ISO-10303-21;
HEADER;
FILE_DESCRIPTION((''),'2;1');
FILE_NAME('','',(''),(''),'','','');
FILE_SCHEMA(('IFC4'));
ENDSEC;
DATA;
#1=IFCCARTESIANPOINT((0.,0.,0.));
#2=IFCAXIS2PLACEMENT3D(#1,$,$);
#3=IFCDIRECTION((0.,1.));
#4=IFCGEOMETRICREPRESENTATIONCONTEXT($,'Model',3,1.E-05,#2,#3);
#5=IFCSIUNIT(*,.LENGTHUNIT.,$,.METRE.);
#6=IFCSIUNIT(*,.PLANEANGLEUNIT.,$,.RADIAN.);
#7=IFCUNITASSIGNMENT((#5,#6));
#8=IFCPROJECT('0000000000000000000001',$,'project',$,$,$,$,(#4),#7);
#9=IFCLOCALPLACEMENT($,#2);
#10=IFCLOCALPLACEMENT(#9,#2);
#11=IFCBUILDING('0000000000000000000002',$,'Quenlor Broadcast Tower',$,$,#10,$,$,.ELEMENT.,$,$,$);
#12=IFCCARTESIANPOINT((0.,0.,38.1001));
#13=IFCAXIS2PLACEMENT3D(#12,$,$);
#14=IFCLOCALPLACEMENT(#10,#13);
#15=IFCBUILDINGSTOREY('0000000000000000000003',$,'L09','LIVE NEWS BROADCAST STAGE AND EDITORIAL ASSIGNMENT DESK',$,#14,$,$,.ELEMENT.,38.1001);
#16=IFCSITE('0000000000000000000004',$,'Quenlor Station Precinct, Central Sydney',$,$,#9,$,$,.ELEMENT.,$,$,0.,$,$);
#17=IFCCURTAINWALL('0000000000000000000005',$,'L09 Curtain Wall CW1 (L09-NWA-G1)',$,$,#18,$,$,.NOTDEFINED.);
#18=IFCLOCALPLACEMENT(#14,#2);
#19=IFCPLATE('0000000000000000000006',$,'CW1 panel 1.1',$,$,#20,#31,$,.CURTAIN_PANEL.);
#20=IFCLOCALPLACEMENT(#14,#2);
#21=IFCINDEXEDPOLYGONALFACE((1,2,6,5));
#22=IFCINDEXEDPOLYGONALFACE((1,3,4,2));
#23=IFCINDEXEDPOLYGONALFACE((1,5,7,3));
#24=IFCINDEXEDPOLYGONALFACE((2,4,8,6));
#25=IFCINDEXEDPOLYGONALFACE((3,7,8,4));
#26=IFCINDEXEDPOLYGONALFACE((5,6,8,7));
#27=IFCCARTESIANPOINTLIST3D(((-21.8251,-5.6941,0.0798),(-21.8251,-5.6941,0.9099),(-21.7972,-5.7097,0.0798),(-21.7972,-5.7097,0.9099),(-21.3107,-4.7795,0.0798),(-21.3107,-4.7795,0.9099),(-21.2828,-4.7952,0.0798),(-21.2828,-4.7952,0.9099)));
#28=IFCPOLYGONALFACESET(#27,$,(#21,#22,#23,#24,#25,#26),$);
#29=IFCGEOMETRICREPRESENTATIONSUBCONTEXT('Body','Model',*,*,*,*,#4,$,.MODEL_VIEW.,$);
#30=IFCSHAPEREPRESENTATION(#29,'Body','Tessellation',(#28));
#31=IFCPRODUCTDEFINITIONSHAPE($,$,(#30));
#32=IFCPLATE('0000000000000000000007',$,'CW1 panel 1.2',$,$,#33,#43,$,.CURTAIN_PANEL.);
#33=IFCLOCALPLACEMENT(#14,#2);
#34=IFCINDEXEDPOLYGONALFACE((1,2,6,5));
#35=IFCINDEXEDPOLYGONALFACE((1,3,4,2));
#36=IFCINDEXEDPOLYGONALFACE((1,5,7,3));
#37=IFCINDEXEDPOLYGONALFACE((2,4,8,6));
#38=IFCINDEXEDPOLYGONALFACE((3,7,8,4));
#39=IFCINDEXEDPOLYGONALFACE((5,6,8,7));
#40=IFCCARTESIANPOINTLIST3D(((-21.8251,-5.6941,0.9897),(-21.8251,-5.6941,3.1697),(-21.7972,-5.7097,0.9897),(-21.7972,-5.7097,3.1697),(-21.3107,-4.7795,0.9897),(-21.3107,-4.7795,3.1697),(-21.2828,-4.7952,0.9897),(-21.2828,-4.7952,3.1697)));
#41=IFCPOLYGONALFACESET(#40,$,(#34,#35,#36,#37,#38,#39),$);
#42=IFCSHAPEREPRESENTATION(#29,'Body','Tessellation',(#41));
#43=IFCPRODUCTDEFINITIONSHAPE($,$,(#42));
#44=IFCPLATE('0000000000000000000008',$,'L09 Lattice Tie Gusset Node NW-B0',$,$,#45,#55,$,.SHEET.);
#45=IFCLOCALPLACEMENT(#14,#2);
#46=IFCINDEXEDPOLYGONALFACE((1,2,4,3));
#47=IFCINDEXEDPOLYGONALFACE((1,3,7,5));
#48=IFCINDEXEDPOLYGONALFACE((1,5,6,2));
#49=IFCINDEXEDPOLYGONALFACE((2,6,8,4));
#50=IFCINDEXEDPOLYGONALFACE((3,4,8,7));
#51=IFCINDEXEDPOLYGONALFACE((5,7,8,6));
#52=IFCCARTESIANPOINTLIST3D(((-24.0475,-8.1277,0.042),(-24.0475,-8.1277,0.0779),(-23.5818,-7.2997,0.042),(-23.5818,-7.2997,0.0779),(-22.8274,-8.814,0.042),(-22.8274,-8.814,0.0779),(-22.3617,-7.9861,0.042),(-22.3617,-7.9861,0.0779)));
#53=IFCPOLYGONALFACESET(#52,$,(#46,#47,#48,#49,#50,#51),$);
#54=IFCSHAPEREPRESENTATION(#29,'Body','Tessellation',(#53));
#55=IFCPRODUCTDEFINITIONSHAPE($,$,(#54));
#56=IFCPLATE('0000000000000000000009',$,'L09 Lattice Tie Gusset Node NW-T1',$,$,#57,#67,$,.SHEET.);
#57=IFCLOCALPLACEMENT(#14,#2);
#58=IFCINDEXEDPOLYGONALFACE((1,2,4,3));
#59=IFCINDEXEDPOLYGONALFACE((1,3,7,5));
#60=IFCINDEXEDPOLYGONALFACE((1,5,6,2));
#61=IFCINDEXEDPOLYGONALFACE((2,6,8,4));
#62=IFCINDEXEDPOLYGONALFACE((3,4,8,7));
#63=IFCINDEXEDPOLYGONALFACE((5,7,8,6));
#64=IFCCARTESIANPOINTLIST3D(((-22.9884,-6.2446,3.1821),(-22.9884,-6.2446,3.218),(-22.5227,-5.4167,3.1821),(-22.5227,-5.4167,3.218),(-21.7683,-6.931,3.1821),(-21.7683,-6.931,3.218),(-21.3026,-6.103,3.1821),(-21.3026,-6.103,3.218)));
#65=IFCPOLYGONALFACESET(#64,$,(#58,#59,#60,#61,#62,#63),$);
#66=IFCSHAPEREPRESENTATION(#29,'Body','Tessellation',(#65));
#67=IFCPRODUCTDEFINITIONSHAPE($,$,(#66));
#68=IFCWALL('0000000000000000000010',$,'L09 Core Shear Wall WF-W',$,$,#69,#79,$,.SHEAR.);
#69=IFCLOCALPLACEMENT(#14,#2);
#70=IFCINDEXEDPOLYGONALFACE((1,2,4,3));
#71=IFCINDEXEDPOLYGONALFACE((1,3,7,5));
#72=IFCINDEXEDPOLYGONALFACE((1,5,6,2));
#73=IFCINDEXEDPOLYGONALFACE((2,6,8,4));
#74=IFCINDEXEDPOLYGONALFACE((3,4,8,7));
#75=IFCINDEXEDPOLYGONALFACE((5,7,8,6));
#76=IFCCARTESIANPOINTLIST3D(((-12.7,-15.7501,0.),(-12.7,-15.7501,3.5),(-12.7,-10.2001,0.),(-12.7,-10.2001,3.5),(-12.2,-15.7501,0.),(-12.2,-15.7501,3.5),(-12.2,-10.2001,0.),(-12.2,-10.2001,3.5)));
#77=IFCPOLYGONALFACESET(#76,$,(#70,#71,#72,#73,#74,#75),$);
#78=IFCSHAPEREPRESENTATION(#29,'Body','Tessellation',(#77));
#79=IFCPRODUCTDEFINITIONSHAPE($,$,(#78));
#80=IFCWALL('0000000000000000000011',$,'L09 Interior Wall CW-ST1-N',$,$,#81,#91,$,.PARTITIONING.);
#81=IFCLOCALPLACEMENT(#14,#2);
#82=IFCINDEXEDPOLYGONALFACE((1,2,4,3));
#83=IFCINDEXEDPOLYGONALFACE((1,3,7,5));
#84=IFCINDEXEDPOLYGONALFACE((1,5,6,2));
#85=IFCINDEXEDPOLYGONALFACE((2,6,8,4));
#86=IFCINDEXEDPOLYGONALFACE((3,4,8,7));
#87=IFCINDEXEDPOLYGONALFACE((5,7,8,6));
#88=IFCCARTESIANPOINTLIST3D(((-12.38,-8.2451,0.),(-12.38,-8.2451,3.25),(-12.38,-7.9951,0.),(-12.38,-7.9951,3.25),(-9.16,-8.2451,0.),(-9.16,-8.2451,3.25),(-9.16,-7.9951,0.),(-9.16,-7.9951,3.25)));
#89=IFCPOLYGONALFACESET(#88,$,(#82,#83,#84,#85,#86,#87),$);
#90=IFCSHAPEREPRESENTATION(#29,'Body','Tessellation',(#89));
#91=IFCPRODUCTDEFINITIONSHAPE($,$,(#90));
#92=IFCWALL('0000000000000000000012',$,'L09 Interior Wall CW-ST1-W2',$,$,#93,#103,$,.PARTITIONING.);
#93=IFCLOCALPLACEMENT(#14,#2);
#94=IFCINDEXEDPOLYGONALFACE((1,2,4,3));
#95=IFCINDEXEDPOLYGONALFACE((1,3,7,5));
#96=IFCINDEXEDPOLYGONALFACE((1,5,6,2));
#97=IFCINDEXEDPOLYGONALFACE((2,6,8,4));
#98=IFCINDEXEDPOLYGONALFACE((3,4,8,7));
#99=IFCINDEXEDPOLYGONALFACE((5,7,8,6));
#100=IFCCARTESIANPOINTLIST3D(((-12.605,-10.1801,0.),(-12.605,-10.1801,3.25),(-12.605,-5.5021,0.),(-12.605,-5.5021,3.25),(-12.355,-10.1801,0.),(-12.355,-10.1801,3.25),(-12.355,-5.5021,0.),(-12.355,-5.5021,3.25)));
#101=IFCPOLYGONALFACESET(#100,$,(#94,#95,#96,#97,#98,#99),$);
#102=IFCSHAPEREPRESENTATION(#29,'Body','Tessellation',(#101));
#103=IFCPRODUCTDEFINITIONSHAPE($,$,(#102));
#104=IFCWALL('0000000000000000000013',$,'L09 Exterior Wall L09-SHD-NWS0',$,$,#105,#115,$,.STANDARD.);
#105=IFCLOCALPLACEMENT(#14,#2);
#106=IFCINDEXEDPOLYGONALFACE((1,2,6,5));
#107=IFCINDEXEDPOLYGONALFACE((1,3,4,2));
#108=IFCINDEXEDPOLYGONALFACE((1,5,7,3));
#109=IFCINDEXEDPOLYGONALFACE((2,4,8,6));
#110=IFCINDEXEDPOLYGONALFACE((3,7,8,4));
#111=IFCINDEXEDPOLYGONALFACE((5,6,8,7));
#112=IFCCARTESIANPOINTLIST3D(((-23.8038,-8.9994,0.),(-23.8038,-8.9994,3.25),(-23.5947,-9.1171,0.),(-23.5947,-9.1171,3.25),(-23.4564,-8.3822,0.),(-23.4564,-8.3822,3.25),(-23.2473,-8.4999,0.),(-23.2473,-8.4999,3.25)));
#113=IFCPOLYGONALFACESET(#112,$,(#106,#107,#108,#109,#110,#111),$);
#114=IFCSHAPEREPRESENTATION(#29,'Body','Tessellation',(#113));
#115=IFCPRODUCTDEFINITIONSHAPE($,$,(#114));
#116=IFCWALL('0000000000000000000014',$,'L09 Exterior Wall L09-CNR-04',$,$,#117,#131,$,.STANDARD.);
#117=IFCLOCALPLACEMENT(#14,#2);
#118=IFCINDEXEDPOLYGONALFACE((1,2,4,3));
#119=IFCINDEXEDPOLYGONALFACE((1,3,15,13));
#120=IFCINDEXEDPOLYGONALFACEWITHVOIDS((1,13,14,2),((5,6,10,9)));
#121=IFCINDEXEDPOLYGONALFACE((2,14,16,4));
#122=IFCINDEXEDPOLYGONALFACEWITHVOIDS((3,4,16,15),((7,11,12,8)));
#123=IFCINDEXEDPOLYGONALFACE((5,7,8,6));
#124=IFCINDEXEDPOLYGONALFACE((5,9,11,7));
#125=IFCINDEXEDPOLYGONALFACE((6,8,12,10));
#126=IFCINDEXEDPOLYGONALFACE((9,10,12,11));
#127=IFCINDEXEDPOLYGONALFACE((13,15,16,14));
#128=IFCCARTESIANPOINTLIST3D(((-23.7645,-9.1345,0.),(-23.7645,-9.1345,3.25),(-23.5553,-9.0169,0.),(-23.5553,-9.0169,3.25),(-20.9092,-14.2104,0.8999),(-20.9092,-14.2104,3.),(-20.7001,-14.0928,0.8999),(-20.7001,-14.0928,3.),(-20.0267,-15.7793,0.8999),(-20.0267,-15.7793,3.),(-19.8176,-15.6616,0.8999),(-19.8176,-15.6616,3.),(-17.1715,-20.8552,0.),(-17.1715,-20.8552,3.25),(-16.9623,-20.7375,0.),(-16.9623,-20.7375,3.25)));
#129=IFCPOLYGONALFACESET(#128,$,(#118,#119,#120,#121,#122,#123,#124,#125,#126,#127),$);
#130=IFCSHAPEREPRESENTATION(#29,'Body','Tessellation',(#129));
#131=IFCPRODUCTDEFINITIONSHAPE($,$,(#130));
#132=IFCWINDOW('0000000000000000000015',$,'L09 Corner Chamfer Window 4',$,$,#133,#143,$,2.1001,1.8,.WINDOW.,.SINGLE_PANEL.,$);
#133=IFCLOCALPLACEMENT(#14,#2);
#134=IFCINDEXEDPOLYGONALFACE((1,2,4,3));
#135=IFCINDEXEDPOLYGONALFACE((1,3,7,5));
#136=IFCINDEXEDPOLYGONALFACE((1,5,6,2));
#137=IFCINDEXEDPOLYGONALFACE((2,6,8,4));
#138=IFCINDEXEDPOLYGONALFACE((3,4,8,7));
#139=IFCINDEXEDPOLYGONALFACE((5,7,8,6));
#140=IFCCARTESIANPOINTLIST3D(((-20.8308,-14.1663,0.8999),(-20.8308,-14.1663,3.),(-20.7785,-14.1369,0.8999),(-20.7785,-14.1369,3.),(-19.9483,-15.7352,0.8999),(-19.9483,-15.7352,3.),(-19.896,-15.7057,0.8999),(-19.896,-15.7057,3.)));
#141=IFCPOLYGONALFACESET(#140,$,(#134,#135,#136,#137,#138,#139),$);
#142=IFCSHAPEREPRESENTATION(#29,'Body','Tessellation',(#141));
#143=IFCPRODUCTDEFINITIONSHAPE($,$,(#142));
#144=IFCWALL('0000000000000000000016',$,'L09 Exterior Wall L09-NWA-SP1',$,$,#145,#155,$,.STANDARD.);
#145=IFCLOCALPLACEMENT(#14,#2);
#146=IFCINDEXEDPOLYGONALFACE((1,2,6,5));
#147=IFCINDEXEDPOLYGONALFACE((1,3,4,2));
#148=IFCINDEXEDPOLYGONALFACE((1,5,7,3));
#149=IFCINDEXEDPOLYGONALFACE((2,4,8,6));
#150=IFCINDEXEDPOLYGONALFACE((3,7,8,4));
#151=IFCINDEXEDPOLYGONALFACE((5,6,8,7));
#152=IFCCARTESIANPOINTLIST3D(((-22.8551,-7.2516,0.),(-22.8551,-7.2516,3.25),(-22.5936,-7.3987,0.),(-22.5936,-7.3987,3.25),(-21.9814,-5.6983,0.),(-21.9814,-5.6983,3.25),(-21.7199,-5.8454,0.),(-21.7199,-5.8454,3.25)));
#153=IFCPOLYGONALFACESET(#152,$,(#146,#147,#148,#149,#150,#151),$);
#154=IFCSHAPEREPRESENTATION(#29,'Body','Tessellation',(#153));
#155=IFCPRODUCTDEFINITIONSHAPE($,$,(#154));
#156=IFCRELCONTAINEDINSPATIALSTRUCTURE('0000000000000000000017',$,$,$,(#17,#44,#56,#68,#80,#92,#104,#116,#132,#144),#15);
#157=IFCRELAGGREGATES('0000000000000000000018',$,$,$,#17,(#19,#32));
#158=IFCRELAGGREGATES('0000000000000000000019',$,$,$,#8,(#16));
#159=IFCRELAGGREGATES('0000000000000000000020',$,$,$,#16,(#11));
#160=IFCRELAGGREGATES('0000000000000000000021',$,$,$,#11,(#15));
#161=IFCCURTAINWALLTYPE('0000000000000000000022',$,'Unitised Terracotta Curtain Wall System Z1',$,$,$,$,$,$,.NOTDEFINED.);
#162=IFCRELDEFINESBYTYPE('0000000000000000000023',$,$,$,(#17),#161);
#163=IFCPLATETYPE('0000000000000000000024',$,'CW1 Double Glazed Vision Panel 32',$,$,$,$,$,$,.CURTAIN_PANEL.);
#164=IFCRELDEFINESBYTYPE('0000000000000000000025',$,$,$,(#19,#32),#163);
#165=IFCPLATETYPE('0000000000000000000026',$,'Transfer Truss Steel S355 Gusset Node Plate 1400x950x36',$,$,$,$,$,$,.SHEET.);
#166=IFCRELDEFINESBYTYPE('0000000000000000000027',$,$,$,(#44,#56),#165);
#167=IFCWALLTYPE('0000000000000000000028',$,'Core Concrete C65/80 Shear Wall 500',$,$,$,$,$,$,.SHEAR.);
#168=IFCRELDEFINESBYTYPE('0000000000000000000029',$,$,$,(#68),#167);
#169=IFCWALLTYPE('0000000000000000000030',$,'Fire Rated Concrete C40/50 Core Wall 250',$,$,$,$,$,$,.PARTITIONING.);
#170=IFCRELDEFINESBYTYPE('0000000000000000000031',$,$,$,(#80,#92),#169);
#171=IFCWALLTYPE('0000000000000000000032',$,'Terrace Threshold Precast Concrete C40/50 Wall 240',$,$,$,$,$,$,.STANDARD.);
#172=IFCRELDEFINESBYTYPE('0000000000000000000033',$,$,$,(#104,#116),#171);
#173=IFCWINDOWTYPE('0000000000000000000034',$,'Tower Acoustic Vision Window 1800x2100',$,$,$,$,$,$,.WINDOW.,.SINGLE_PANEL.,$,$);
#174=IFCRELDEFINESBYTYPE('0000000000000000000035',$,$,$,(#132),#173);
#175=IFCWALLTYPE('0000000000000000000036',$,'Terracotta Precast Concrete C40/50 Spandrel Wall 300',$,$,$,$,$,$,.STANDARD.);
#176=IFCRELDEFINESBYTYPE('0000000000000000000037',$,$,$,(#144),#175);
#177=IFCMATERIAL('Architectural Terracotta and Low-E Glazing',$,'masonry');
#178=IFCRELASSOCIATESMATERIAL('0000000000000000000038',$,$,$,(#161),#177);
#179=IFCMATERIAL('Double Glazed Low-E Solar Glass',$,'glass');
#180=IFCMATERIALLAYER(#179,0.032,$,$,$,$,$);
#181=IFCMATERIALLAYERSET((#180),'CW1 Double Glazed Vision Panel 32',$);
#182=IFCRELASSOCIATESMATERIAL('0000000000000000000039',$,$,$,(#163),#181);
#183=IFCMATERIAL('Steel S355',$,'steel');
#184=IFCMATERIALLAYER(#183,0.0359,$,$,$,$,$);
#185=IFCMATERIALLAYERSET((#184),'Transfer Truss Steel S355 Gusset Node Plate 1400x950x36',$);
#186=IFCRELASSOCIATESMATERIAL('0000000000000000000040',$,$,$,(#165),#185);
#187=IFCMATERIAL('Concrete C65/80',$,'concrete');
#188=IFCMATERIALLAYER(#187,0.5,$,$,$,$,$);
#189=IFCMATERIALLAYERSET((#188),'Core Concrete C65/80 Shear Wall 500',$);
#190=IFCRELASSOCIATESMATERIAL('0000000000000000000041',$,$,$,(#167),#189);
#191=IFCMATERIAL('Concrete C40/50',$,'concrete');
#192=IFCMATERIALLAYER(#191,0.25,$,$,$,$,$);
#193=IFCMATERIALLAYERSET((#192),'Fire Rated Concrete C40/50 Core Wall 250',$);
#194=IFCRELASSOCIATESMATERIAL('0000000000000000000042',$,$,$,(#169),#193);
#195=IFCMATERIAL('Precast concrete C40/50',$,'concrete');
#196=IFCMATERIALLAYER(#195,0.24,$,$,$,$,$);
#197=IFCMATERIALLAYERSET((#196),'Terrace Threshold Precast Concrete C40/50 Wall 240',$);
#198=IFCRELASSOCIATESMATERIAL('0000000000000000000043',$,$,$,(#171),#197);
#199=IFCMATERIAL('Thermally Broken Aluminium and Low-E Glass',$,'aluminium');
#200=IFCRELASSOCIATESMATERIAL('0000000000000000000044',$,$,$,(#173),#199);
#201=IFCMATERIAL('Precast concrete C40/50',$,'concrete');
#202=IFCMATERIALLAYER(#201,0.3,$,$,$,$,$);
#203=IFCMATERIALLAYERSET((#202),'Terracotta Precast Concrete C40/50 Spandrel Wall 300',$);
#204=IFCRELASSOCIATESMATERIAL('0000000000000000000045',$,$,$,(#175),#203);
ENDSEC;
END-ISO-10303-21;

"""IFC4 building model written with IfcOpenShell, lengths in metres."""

from ifc_helpers import new_model, si_unit, direction, frame, frame_2d, origin, origin_2d, place, context, subcontext, project, spatial, rectangle, extrude, material, layer, layer_set, type_object, element, fill, aggregate, save


model = new_model("IFC4")

# Units and contexts
model_context = context("Model", 3, precision=1e-05, world=origin(), true_north=direction((0.0, 1.0)))
body_context = subcontext(model_context, "Body", "Model", "MODEL_VIEW")
ifc_project = project(units=[si_unit("LENGTHUNIT", "METRE"), si_unit("PLANEANGLEUNIT", "RADIAN")], contexts=[model_context])

# Site, building, storey
site_placement = place(None, origin())
site = spatial("IfcSite", under=ifc_project, at=site_placement, Name="Quenlor Station Precinct, Central Sydney", CompositionType="ELEMENT", RefElevation=0.0)
building_placement = place(site_placement, origin())
building = spatial("IfcBuilding", under=site, at=building_placement, Name="Quenlor Broadcast Tower", CompositionType="ELEMENT")
storey_placement = place(building_placement, frame((0.0, 0.0, 38.1001)))
storey = spatial("IfcBuildingStorey", under=building, at=storey_placement, Name="L09", Description="LIVE NEWS BROADCAST STAGE AND EDITORIAL ASSIGNMENT DESK", CompositionType="ELEMENT", Elevation=38.1001)

# Curtain wall
ifc_material_1 = material(Name="Architectural Terracotta and Low-E Glazing", Category="masonry")
curtain_wall_type = type_object("IfcCurtainWallType", Name="Unitised Terracotta Curtain Wall System Z1", PredefinedType="NOTDEFINED", material=ifc_material_1)
curtain_wall_placement = place(storey_placement, origin())
curtain_wall = element("IfcCurtainWall", 1, at=curtain_wall_placement, inside=storey, type_object=curtain_wall_type, Name="L09 Curtain Wall CW1 (L09-NWA-G1)", PredefinedType="NOTDEFINED")

# Plates
ifc_material_2 = material(Name="Double Glazed Low-E Solar Glass", Category="glass")
ifc_layer_1 = layer(ifc_material_2, 0.032)
ifc_layer_set_1 = layer_set([ifc_layer_1], Name="CW1 Double Glazed Vision Panel 32")
plate_type_1 = type_object("IfcPlateType", Name="CW1 Double Glazed Vision Panel 32", PredefinedType="CURTAIN_PANEL", material=ifc_layer_set_1)
plate_1_placement = place(storey_placement, frame((-21.554, -5.2446, 0.0798), z_axis=(0.0, 0.0, 1.0), x_axis=(0.490277, 0.871567, 0.0)))
plate_1 = element("IfcPlate", 2, at=plate_1_placement, type_object=plate_type_1, Name="CW1 panel 1.1", PredefinedType="CURTAIN_PANEL", context=body_context, shape_type="SweptSolid", body=[
    extrude(rectangle(XDim=1.0493, YDim=0.032, at=origin_2d()), origin(), (0.0, 0.0, 1.0), 0.8301),
])
plate_2_placement = place(storey_placement, frame((-21.554, -5.2446, 0.9897), z_axis=(0.0, 0.0, 1.0), x_axis=(0.490277, 0.871567, 0.0)))
plate_2 = element("IfcPlate", 3, at=plate_2_placement, type_object=plate_type_1, Name="CW1 panel 1.2", PredefinedType="CURTAIN_PANEL", context=body_context, shape_type="SweptSolid", body=[
    extrude(rectangle(XDim=1.0493, YDim=0.032, at=origin_2d()), origin(), (0.0, 0.0, 1.0), 2.1799),
])
aggregate(curtain_wall, [plate_1, plate_2])

# Plates
ifc_material_3 = material(Name="Steel S355", Category="steel")
ifc_layer_2 = layer(ifc_material_3, 0.0359)
ifc_layer_set_2 = layer_set([ifc_layer_2], Name="Transfer Truss Steel S355 Gusset Node Plate 1400x950x36")
plate_type_2 = type_object("IfcPlateType", Name="Transfer Truss Steel S355 Gusset Node Plate 1400x950x36", PredefinedType="SHEET", material=ifc_layer_set_2)
for number, where, z_axis, x_axis, name in (
    (4, (-23.2046, -8.0569, 0.042), (0.0, 0.0, 1.0), (-0.871556, 0.490295, 0.0), "L09 Lattice Tie Gusset Node NW-B0"),
    (5, (-22.1455, -6.1738, 3.1821), (0.0, 0.0, 1.0), (-0.871556, 0.490295, 0.0), "L09 Lattice Tie Gusset Node NW-T1"),
):
    element("IfcPlate", number, at=place(storey_placement, frame(where, z_axis=z_axis, x_axis=x_axis)), inside=storey, type_object=plate_type_2, Name=name, PredefinedType="SHEET", context=body_context, shape_type="SweptSolid", body=[
        extrude(rectangle(XDim=1.3999, YDim=0.95, at=origin_2d()), origin(), (0.0, 0.0, 1.0), 0.0359),
    ])

# Walls
ifc_material_4 = material(Name="Concrete C65/80", Category="concrete")
ifc_layer_3 = layer(ifc_material_4, 0.5)
ifc_layer_set_3 = layer_set([ifc_layer_3], Name="Core Concrete C65/80 Shear Wall 500")
wall_type_1 = type_object("IfcWallType", Name="Core Concrete C65/80 Shear Wall 500", PredefinedType="SHEAR", material=ifc_layer_set_3)
wall_1_placement = place(storey_placement, frame((-12.45, -15.75, 0.0), z_axis=(0.0, 0.0, 1.0), x_axis=(0.0, 1.0, 0.0)))
element("IfcWall", 6, at=wall_1_placement, inside=storey, type_object=wall_type_1, Name="L09 Core Shear Wall WF-W", PredefinedType="SHEAR", context=body_context, shape_type="SweptSolid", body=[
    extrude(rectangle(XDim=5.55, YDim=0.5, at=frame_2d((2.7749, 0.0))), origin(), (0.0, 0.0, 1.0), 3.5),
])
ifc_material_5 = material(Name="Concrete C40/50", Category="concrete")
ifc_layer_4 = layer(ifc_material_5, 0.25)
ifc_layer_set_4 = layer_set([ifc_layer_4], Name="Fire Rated Concrete C40/50 Core Wall 250")
wall_type_2 = type_object("IfcWallType", Name="Fire Rated Concrete C40/50 Core Wall 250", PredefinedType="PARTITIONING", material=ifc_layer_set_4)
wall_2_placement = place(storey_placement, frame((-12.3799, -8.1201, 0.0), z_axis=(0.0, 0.0, 1.0), x_axis=(1.0, 0.0, 0.0)))
element("IfcWall", 7, at=wall_2_placement, inside=storey, type_object=wall_type_2, Name="L09 Interior Wall CW-ST1-N", PredefinedType="PARTITIONING", context=body_context, shape_type="SweptSolid", body=[
    extrude(rectangle(XDim=3.22, YDim=0.25, at=frame_2d((1.6099, 0.0))), origin(), (0.0, 0.0, 1.0), 3.25),
])
wall_3_placement = place(storey_placement, frame((-12.48, -10.1799, 0.0), z_axis=(0.0, 0.0, 1.0), x_axis=(0.0, 1.0, 0.0)))
element("IfcWall", 8, at=wall_3_placement, inside=storey, type_object=wall_type_2, Name="L09 Interior Wall CW-ST1-W2", PredefinedType="PARTITIONING", context=body_context, shape_type="SweptSolid", body=[
    extrude(rectangle(XDim=4.678, YDim=0.25, at=frame_2d((2.3389, 0.0))), origin(), (0.0, 0.0, 1.0), 3.25),
])

# Wall
ifc_material_6 = material(Name="Precast concrete C40/50", Category="concrete")
ifc_layer_5 = layer(ifc_material_6, 0.24)
ifc_layer_set_5 = layer_set([ifc_layer_5], Name="Terrace Threshold Precast Concrete C40/50 Wall 240")
wall_type_3 = type_object("IfcWallType", Name="Terrace Threshold Precast Concrete C40/50 Wall 240", PredefinedType="STANDARD", material=ifc_layer_set_5)
wall_4_placement = place(storey_placement, frame((-23.6992, -9.0581, 0.0), z_axis=(0.0, 0.0, 1.0), x_axis=(0.490523, 0.871428, 0.0)))
element("IfcWall", 9, at=wall_4_placement, inside=storey, type_object=wall_type_3, Name="L09 Exterior Wall L09-SHD-NWS0", PredefinedType="STANDARD", context=body_context, shape_type="SweptSolid", body=[
    extrude(rectangle(XDim=0.7083, YDim=0.24, at=frame_2d((0.354, 0.0))), origin(), (0.0, 0.0, 1.0), 3.25),
])

# Wall, opening, window
wall_5_placement = place(storey_placement, frame((-23.6599, -9.0757, 0.0), z_axis=(0.0, 0.0, 1.0), x_axis=(0.490268, -0.871572, 0.0)))
wall_5 = element("IfcWall", 10, at=wall_5_placement, inside=storey, type_object=wall_type_3, Name="L09 Exterior Wall L09-CNR-04", PredefinedType="STANDARD", context=body_context, shape_type="SweptSolid", body=[
    extrude(rectangle(XDim=13.4478, YDim=0.24, at=frame_2d((6.7239, 0.0))), origin(), (0.0, 0.0, 1.0), 3.25),
])
opening_1_placement = place(wall_5_placement, frame((5.824, 0.0, 0.8999)))
opening_1 = element("IfcOpeningElement", 11, at=opening_1_placement, cuts=wall_5, PredefinedType="OPENING", context=body_context, shape_type="SweptSolid", body=[
    extrude(rectangle(XDim=1.8, YDim=2.1001, at=frame_2d((0.8999, 1.05))), frame((0.0, 0.1299, 0.0), z_axis=(0.0, -1.0, 0.0), x_axis=(1.0, 0.0, 0.0)), (0.0, 0.0, 1.0), 0.26),
])
ifc_material_7 = material(Name="Thermally Broken Aluminium and Low-E Glass", Category="aluminium")
window_type = type_object("IfcWindowType", Name="Tower Acoustic Vision Window 1800x2100", PartitioningType="SINGLE_PANEL", PredefinedType="WINDOW", material=ifc_material_7)
window_placement = place(opening_1_placement, origin())
window = element("IfcWindow", 12, at=window_placement, inside=storey, type_object=window_type, Name="L09 Corner Chamfer Window 4", OverallHeight=2.1001, OverallWidth=1.8, PartitioningType="SINGLE_PANEL", PredefinedType="WINDOW", context=body_context, shape_type="SweptSolid", body=[
    extrude(rectangle(XDim=1.8, YDim=2.1001, at=frame_2d((0.8999, 1.05))), frame((0.0, 0.03, 0.0), z_axis=(0.0, -1.0, 0.0), x_axis=(1.0, 0.0, 0.0)), (0.0, 0.0, 1.0), 0.0601),
])
fill(opening_1, window)

# Wall
ifc_material_8 = material(Name="Precast concrete C40/50", Category="concrete")
ifc_layer_6 = layer(ifc_material_8, 0.3)
ifc_layer_set_6 = layer_set([ifc_layer_6], Name="Terracotta Precast Concrete C40/50 Spandrel Wall 300")
wall_type_4 = type_object("IfcWallType", Name="Terracotta Precast Concrete C40/50 Spandrel Wall 300", PredefinedType="STANDARD", material=ifc_layer_set_6)
wall_6_placement = place(storey_placement, frame((-22.7244, -7.3252, 0.0), z_axis=(0.0, 0.0, 1.0), x_axis=(0.490242, 0.871587, 0.0)))
element("IfcWall", 13, at=wall_6_placement, inside=storey, type_object=wall_type_4, Name="L09 Exterior Wall L09-NWA-SP1", PredefinedType="STANDARD", context=body_context, shape_type="SweptSolid", body=[
    extrude(rectangle(XDim=1.7822, YDim=0.3, at=frame_2d((0.8911, 0.0))), origin(), (0.0, 0.0, 1.0), 3.25),
])

save(model, "model.ifc")
